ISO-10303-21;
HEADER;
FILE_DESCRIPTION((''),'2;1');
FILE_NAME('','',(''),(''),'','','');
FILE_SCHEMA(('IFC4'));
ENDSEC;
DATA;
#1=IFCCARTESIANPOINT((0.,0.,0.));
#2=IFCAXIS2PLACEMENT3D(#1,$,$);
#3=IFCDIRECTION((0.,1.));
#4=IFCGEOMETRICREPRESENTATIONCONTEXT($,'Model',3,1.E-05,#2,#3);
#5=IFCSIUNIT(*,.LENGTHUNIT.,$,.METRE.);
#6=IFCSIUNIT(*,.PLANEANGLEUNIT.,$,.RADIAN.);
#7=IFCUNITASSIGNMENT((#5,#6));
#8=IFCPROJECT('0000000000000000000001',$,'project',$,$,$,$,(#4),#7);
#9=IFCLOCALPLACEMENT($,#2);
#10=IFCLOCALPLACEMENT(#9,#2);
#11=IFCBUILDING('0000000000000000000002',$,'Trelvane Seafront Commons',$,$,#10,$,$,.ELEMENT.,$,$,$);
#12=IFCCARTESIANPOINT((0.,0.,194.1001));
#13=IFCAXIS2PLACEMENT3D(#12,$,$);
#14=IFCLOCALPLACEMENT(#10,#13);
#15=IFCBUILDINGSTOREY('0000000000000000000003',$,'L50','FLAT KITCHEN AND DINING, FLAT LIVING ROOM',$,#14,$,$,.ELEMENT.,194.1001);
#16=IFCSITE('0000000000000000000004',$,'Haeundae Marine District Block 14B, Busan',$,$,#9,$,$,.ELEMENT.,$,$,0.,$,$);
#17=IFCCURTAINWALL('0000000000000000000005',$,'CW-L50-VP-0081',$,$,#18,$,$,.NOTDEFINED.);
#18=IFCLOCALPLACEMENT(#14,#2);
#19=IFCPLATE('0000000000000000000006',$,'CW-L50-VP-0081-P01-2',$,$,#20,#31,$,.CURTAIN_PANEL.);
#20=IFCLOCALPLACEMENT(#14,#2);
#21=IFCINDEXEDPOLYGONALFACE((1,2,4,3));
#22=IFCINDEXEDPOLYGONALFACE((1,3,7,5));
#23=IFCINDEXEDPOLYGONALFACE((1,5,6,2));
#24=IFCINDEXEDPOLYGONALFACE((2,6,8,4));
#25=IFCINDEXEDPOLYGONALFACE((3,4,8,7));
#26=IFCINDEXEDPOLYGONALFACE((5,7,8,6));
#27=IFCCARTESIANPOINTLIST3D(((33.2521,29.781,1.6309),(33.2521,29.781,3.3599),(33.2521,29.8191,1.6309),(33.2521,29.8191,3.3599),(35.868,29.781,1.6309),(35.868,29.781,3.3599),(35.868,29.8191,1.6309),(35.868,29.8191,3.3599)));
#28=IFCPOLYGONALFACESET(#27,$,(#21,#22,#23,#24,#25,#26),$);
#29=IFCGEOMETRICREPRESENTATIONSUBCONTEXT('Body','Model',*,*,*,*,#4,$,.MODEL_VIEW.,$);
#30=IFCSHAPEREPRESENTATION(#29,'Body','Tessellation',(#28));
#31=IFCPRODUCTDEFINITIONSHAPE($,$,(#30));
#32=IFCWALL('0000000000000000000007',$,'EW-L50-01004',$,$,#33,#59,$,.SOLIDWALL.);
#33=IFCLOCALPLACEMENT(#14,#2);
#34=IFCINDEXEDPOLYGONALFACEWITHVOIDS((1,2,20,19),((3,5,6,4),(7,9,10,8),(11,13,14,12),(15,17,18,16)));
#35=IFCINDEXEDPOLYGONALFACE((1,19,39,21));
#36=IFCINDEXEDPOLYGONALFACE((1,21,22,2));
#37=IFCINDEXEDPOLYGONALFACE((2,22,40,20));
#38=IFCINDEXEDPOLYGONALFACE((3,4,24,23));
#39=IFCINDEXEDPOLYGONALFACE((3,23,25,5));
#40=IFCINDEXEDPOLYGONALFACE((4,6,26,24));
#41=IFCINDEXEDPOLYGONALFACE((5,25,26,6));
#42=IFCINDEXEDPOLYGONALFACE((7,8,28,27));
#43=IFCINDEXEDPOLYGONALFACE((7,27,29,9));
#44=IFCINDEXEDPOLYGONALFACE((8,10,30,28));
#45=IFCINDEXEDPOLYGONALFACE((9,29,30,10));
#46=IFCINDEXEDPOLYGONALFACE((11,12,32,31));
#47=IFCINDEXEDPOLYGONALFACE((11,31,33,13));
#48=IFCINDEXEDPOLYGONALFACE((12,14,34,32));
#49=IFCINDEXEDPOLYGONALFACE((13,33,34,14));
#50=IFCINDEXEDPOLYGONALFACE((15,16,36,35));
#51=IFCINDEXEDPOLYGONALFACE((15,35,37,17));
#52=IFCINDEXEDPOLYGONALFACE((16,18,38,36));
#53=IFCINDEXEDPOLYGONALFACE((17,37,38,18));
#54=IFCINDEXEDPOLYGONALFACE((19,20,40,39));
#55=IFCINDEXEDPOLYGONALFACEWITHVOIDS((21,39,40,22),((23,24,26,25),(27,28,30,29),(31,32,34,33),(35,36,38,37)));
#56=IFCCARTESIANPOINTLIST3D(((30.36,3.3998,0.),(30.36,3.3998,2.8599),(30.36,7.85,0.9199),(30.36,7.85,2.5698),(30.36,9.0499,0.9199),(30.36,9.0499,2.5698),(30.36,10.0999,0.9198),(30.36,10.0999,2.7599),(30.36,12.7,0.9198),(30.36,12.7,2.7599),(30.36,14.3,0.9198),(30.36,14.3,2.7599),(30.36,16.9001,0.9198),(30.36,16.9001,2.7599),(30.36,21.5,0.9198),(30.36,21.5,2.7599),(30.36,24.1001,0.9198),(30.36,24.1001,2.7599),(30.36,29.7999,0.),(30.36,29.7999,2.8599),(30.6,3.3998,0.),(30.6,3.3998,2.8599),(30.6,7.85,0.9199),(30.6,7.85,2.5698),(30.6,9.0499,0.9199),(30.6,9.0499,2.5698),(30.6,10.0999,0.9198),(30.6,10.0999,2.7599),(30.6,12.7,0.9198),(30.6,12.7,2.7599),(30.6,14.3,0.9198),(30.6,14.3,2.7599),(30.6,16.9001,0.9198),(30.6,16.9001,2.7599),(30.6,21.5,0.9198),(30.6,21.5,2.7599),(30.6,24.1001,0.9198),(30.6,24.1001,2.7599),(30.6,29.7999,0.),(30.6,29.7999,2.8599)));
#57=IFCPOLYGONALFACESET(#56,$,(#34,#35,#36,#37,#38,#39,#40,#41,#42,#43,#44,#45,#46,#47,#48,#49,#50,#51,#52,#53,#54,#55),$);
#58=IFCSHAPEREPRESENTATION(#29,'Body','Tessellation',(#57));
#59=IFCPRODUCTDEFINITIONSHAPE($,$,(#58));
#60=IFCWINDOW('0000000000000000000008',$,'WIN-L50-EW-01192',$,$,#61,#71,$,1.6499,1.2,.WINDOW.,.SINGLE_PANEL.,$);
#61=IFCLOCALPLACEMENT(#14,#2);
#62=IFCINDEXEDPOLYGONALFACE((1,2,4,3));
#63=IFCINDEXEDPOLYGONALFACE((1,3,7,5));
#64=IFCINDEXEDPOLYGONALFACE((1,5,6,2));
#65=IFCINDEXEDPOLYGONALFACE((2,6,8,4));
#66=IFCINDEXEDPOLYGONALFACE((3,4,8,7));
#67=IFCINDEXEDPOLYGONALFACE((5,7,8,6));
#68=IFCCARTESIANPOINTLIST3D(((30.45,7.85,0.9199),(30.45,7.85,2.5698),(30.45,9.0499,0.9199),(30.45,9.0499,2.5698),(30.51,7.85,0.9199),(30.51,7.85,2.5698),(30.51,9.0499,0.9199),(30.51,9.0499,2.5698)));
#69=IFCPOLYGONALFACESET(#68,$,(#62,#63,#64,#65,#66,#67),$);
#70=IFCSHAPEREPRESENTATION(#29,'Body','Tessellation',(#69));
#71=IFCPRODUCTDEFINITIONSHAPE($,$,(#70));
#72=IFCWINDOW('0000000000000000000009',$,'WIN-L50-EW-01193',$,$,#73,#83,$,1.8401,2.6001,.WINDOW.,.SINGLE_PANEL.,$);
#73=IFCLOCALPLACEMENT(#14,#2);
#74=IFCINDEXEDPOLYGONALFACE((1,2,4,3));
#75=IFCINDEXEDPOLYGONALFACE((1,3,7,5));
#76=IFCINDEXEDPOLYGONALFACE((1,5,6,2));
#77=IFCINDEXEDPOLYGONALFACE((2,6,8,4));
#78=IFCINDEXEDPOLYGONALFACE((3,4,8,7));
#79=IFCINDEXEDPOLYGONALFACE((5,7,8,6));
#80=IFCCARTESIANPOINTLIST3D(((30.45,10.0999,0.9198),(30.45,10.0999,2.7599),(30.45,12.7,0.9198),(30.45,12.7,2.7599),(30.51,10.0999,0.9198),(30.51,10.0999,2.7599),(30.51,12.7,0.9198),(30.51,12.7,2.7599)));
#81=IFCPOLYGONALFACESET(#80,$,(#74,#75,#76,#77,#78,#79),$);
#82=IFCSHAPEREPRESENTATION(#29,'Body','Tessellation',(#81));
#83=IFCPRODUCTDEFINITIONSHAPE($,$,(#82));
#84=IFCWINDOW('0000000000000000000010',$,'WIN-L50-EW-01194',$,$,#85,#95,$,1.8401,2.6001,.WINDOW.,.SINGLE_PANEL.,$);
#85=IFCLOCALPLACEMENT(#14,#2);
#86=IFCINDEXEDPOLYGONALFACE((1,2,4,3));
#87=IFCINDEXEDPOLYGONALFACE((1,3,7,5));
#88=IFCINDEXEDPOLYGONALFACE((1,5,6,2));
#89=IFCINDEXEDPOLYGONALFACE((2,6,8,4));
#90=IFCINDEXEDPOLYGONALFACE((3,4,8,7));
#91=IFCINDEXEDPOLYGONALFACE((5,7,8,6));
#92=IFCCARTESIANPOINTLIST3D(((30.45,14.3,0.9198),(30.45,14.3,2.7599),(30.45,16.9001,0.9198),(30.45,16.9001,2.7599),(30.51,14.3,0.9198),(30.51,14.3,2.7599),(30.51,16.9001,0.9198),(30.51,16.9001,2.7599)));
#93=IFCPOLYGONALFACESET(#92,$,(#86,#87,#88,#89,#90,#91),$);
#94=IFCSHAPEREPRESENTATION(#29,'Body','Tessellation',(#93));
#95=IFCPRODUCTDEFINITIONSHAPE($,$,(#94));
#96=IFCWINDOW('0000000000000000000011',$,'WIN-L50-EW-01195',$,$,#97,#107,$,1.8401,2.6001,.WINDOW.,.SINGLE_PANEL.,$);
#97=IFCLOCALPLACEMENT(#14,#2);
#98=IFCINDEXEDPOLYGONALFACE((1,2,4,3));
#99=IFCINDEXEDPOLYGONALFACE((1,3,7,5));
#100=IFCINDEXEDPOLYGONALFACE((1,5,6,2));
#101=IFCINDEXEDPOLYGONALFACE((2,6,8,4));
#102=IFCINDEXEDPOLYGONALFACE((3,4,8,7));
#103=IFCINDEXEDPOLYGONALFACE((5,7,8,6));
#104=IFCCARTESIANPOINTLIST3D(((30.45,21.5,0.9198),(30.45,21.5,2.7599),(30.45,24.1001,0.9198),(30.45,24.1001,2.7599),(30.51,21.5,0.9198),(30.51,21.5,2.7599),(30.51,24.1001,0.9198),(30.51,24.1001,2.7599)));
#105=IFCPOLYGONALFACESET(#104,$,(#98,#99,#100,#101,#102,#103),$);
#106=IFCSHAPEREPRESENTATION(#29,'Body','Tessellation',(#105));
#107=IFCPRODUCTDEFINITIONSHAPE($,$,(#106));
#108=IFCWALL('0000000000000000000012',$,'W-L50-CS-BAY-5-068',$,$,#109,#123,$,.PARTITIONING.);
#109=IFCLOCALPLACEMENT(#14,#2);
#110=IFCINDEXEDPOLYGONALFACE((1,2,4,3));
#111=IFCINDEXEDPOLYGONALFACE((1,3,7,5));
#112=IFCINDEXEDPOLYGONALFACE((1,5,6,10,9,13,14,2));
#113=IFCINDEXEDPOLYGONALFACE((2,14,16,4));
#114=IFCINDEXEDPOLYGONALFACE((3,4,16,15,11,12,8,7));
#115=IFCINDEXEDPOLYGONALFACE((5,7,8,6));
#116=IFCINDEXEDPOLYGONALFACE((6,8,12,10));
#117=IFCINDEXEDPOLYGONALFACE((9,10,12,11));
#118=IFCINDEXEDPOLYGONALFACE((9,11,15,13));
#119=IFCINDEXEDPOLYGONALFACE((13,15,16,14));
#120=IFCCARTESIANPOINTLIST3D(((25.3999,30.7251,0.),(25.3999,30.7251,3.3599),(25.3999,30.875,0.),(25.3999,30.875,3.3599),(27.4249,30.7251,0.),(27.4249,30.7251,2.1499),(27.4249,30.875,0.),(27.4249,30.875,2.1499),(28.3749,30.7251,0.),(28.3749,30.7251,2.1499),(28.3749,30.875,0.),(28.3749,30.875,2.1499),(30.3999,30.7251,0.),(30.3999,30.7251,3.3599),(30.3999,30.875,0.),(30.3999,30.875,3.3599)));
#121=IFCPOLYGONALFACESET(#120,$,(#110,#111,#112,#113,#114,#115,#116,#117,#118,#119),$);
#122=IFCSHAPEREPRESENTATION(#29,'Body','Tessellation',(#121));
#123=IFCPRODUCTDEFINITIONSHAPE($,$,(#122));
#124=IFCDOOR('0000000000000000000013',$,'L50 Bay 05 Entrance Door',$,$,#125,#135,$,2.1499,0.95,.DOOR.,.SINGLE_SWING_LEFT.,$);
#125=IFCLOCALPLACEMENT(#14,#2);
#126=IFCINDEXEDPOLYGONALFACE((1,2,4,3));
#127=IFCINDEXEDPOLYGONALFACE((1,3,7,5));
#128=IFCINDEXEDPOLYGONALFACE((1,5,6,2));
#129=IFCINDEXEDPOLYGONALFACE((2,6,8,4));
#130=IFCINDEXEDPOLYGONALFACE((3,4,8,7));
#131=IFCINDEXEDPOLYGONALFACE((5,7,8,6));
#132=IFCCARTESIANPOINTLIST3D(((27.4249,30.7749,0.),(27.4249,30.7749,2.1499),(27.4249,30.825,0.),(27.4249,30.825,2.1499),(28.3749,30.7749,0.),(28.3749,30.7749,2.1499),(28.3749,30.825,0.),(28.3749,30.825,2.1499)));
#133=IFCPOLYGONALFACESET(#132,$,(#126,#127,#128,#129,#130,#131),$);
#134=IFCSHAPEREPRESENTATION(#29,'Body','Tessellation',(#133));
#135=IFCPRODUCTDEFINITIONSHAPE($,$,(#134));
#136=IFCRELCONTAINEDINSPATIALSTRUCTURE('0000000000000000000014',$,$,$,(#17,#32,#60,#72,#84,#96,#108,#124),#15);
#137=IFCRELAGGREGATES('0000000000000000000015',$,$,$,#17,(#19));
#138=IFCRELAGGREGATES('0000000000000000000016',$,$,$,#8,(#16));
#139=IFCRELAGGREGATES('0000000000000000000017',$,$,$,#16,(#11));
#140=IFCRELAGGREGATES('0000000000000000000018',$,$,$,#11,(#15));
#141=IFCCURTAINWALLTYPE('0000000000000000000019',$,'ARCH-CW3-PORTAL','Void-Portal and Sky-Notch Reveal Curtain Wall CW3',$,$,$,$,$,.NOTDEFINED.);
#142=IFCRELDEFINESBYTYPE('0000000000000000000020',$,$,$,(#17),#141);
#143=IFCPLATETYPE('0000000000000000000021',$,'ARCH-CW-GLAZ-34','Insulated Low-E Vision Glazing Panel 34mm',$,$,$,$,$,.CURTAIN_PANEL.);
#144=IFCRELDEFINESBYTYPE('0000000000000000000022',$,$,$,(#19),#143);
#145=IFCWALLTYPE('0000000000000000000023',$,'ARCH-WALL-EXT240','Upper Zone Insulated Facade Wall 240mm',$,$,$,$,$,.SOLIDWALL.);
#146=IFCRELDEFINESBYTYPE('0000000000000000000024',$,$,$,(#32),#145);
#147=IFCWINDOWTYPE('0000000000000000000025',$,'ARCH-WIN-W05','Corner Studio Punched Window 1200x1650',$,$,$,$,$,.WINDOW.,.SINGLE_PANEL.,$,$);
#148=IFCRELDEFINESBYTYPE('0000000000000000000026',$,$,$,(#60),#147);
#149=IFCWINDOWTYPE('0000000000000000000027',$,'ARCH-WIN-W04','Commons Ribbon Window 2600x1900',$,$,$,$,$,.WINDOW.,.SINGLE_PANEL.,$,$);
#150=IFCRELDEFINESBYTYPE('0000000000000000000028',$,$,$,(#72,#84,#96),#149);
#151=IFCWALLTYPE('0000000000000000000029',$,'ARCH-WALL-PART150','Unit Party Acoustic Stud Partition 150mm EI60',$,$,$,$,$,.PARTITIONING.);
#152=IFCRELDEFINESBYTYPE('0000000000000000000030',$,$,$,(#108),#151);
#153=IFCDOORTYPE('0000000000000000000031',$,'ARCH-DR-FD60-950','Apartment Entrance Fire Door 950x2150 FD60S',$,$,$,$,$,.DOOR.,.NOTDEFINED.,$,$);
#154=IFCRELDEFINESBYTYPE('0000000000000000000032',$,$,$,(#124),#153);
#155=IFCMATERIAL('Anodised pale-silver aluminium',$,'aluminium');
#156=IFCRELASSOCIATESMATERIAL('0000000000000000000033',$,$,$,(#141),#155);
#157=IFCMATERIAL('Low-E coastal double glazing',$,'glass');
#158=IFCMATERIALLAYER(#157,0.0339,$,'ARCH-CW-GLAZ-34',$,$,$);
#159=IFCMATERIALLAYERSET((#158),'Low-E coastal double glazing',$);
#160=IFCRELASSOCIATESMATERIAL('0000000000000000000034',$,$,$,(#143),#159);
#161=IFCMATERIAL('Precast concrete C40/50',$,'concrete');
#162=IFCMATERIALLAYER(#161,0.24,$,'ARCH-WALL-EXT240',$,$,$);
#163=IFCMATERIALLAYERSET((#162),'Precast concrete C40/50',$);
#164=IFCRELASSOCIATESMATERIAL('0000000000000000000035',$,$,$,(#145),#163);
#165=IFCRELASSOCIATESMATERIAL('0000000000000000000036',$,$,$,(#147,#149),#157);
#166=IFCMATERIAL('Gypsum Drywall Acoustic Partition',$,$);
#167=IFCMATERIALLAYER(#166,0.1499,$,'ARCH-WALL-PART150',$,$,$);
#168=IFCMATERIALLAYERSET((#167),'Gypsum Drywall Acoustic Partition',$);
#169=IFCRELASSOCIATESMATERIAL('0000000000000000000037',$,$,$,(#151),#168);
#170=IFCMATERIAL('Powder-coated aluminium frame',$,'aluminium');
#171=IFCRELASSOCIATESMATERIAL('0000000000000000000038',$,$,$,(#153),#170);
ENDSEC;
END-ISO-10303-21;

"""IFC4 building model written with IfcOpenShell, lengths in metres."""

from ifc_helpers import new_model, si_unit, direction, frame, frame_2d, origin, origin_2d, place, context, subcontext, project, spatial, rectangle, extrude, source, transform, mapped, material, layer, layer_set, type_object, element, fill, aggregate, save


model = new_model("IFC4")

# Units and contexts
model_context = context("Model", 3, precision=1e-05, world=origin(), true_north=direction((0.0, 1.0)))
body_context = subcontext(model_context, "Body", "Model", "MODEL_VIEW")
ifc_project = project(units=[si_unit("LENGTHUNIT", "METRE"), si_unit("PLANEANGLEUNIT", "RADIAN")], contexts=[model_context])

# Site, building, storey
site_placement = place(None, origin())
site = spatial("IfcSite", under=ifc_project, at=site_placement, Name="Haeundae Marine District Block 14B, Busan", CompositionType="ELEMENT", RefElevation=0.0)
building_placement = place(site_placement, origin())
building = spatial("IfcBuilding", under=site, at=building_placement, Name="Trelvane Seafront Commons", CompositionType="ELEMENT")
storey_placement = place(building_placement, frame((0.0, 0.0, 194.1001)))
storey = spatial("IfcBuildingStorey", under=building, at=storey_placement, Name="L50", Description="FLAT KITCHEN AND DINING, FLAT LIVING ROOM", CompositionType="ELEMENT", Elevation=194.1001)

# Shared definitions
ifc_material_1 = material(Name="Anodised pale-silver aluminium", Category="aluminium")
curtain_wall_type = type_object("IfcCurtainWallType", Name="ARCH-CW3-PORTAL", Description="Void-Portal and Sky-Notch Reveal Curtain Wall CW3", PredefinedType="NOTDEFINED", material=ifc_material_1)

# Curtain wall, plate
curtain_wall_1_placement = place(storey_placement, origin())
curtain_wall_1 = element("IfcCurtainWall", 1, at=curtain_wall_1_placement, inside=storey, type_object=curtain_wall_type, Name="CW-L50-VP-0081", PredefinedType="NOTDEFINED")
ifc_material_2 = material(Name="Low-E coastal double glazing", Category="glass")
ifc_layer_1 = layer(ifc_material_2, 0.0339, Name="ARCH-CW-GLAZ-34")
ifc_layer_set_1 = layer_set([ifc_layer_1], Name="Low-E coastal double glazing")
plate_type = type_object("IfcPlateType", Name="ARCH-CW-GLAZ-34", Description="Insulated Low-E Vision Glazing Panel 34mm", PredefinedType="CURTAIN_PANEL", material=ifc_layer_set_1)
shared_shape_1 = source(origin(), body_context, "Body", "SweptSolid", [
    extrude(rectangle(XDim=2.616, YDim=0.0381, at=origin_2d()), origin(), (0.0, 0.0, 1.0), 1.729),
])
plate_1_placement = place(storey_placement, frame((34.5601, 29.8, 1.6309), z_axis=(0.0, 0.0, 1.0), x_axis=(1.0, 0.0, 0.0)))
plate_1 = element("IfcPlate", 2, at=plate_1_placement, type_object=plate_type, Name="CW-L50-VP-0081-P01-2", PredefinedType="CURTAIN_PANEL", context=body_context, shape_type="MappedRepresentation", body=[
    mapped(shared_shape_1, transform((0.0, 0.0, 0.0), x_axis=(1.0, 0.0, 0.0), y_axis=(0.0, 1.0, 0.0), z_axis=(0.0, 0.0, 1.0), scale=1.0)),
])
aggregate(curtain_wall_1, [plate_1])

# Wall, openings, windows
ifc_material_3 = material(Name="Precast concrete C40/50", Category="concrete")
ifc_layer_2 = layer(ifc_material_3, 0.24, Name="ARCH-WALL-EXT240")
ifc_layer_set_2 = layer_set([ifc_layer_2], Name="Precast concrete C40/50")
wall_type_1 = type_object("IfcWallType", Name="ARCH-WALL-EXT240", Description="Upper Zone Insulated Facade Wall 240mm", PredefinedType="SOLIDWALL", material=ifc_layer_set_2)
wall_1_placement = place(storey_placement, frame((30.48, 29.8, 0.0), z_axis=(0.0, 0.0, 1.0), x_axis=(0.0, -1.0, 0.0)))
wall_1 = element("IfcWall", 3, at=wall_1_placement, inside=storey, type_object=wall_type_1, Name="EW-L50-01004", PredefinedType="SOLIDWALL", context=body_context, shape_type="SweptSolid", body=[
    extrude(rectangle(XDim=26.4001, YDim=0.24, at=frame_2d((13.2002, 0.0))), origin(), (0.0, 0.0, 1.0), 2.8599),
])
opening_1_placement = place(wall_1_placement, frame((20.75, 0.0, 0.9199)))
opening_1 = element("IfcOpeningElement", 4, at=opening_1_placement, cuts=wall_1, PredefinedType="OPENING", context=body_context, shape_type="SweptSolid", body=[
    extrude(rectangle(XDim=1.2, YDim=1.6499, at=frame_2d((0.6001, 0.825))), frame((0.0, 0.1299, 0.0), z_axis=(0.0, -1.0, 0.0), x_axis=(1.0, 0.0, 0.0)), (0.0, 0.0, 1.0), 0.26),
])
opening_2_placement = place(wall_1_placement, frame((17.1001, 0.0, 0.9199)))
opening_2 = element("IfcOpeningElement", 5, at=opening_2_placement, cuts=wall_1, PredefinedType="OPENING", context=body_context, shape_type="SweptSolid", body=[
    extrude(rectangle(XDim=2.6001, YDim=1.8401, at=frame_2d((1.3, 0.9199))), frame((0.0, 0.1299, 0.0), z_axis=(0.0, -1.0, 0.0), x_axis=(1.0, 0.0, 0.0)), (0.0, 0.0, 1.0), 0.26),
])
opening_3_placement = place(wall_1_placement, frame((12.8999, 0.0, 0.9199)))
opening_3 = element("IfcOpeningElement", 6, at=opening_3_placement, cuts=wall_1, PredefinedType="OPENING", context=body_context, shape_type="SweptSolid", body=[
    extrude(rectangle(XDim=2.6001, YDim=1.8401, at=frame_2d((1.3, 0.9199))), frame((0.0, 0.1299, 0.0), z_axis=(0.0, -1.0, 0.0), x_axis=(1.0, 0.0, 0.0)), (0.0, 0.0, 1.0), 0.26),
])
opening_4_placement = place(wall_1_placement, frame((5.7, 0.0, 0.9199)))
opening_4 = element("IfcOpeningElement", 7, at=opening_4_placement, cuts=wall_1, PredefinedType="OPENING", context=body_context, shape_type="SweptSolid", body=[
    extrude(rectangle(XDim=2.6001, YDim=1.8401, at=frame_2d((1.3, 0.9199))), frame((0.0, 0.1299, 0.0), z_axis=(0.0, -1.0, 0.0), x_axis=(1.0, 0.0, 0.0)), (0.0, 0.0, 1.0), 0.26),
])
window_type_1 = type_object("IfcWindowType", Name="ARCH-WIN-W05", Description="Corner Studio Punched Window 1200x1650", PartitioningType="SINGLE_PANEL", PredefinedType="WINDOW", material=ifc_material_2)
shared_shape_2 = source(origin(), body_context, "Body", "SweptSolid", [
    extrude(rectangle(XDim=1.2, YDim=1.6499, at=frame_2d((0.6001, 0.825))), frame((0.0, 0.03, 0.0), z_axis=(0.0, -1.0, 0.0), x_axis=(1.0, 0.0, 0.0)), (0.0, 0.0, 1.0), 0.0601),
])
window_1_placement = place(opening_1_placement, origin())
window_1 = element("IfcWindow", 8, at=window_1_placement, inside=storey, type_object=window_type_1, Name="WIN-L50-EW-01192", OverallHeight=1.6499, OverallWidth=1.2, PartitioningType="SINGLE_PANEL", PredefinedType="WINDOW", context=body_context, shape_type="MappedRepresentation", body=[
    mapped(shared_shape_2, transform((0.0, 0.0, 0.0), x_axis=(1.0, 0.0, 0.0), y_axis=(0.0, 1.0, 0.0), z_axis=(0.0, 0.0, 1.0), scale=1.0)),
])
fill(opening_1, window_1)
window_type_2 = type_object("IfcWindowType", Name="ARCH-WIN-W04", Description="Commons Ribbon Window 2600x1900", PartitioningType="SINGLE_PANEL", PredefinedType="WINDOW", material=ifc_material_2)
shared_shape_3 = source(origin(), body_context, "Body", "SweptSolid", [
    extrude(rectangle(XDim=2.6001, YDim=1.8401, at=frame_2d((1.3, 0.9199))), frame((0.0, 0.03, 0.0), z_axis=(0.0, -1.0, 0.0), x_axis=(1.0, 0.0, 0.0)), (0.0, 0.0, 1.0), 0.0601),
])
window_2_placement = place(opening_2_placement, origin())
window_2 = element("IfcWindow", 9, at=window_2_placement, inside=storey, type_object=window_type_2, Name="WIN-L50-EW-01193", OverallHeight=1.8401, OverallWidth=2.6001, PartitioningType="SINGLE_PANEL", PredefinedType="WINDOW", context=body_context, shape_type="MappedRepresentation", body=[
    mapped(shared_shape_3, transform((0.0, 0.0, 0.0), x_axis=(1.0, 0.0, 0.0), y_axis=(0.0, 1.0, 0.0), z_axis=(0.0, 0.0, 1.0), scale=1.0)),
])
fill(opening_2, window_2)
window_3_placement = place(opening_3_placement, origin())
window_3 = element("IfcWindow", 10, at=window_3_placement, inside=storey, type_object=window_type_2, Name="WIN-L50-EW-01194", OverallHeight=1.8401, OverallWidth=2.6001, PartitioningType="SINGLE_PANEL", PredefinedType="WINDOW", context=body_context, shape_type="MappedRepresentation", body=[
    mapped(shared_shape_3, transform((0.0, 0.0, 0.0), x_axis=(1.0, 0.0, 0.0), y_axis=(0.0, 1.0, 0.0), z_axis=(0.0, 0.0, 1.0), scale=1.0)),
])
fill(opening_3, window_3)
window_4_placement = place(opening_4_placement, origin())
window_4 = element("IfcWindow", 11, at=window_4_placement, inside=storey, type_object=window_type_2, Name="WIN-L50-EW-01195", OverallHeight=1.8401, OverallWidth=2.6001, PartitioningType="SINGLE_PANEL", PredefinedType="WINDOW", context=body_context, shape_type="MappedRepresentation", body=[
    mapped(shared_shape_3, transform((0.0, 0.0, 0.0), x_axis=(1.0, 0.0, 0.0), y_axis=(0.0, 1.0, 0.0), z_axis=(0.0, 0.0, 1.0), scale=1.0)),
])
fill(opening_4, window_4)

# Wall, opening, door
ifc_material_4 = material(Name="Gypsum Drywall Acoustic Partition")
ifc_layer_3 = layer(ifc_material_4, 0.1499, Name="ARCH-WALL-PART150")
ifc_layer_set_3 = layer_set([ifc_layer_3], Name="Gypsum Drywall Acoustic Partition")
wall_type_2 = type_object("IfcWallType", Name="ARCH-WALL-PART150", Description="Unit Party Acoustic Stud Partition 150mm EI60", PredefinedType="PARTITIONING", material=ifc_layer_set_3)
wall_2_placement = place(storey_placement, frame((25.3999, 30.8, 0.0), z_axis=(0.0, 0.0, 1.0), x_axis=(1.0, 0.0, 0.0)))
wall_2 = element("IfcWall", 12, at=wall_2_placement, inside=storey, type_object=wall_type_2, Name="W-L50-CS-BAY-5-068", PredefinedType="PARTITIONING", context=body_context, shape_type="SweptSolid", body=[
    extrude(rectangle(XDim=5.0, YDim=0.1499, at=frame_2d((2.5, 0.0))), origin(), (0.0, 0.0, 1.0), 3.3599),
])
opening_5_placement = place(wall_2_placement, frame((2.0249, 0.0, 0.0)))
opening_5 = element("IfcOpeningElement", 13, at=opening_5_placement, cuts=wall_2, PredefinedType="OPENING", context=body_context, shape_type="SweptSolid", body=[
    extrude(rectangle(XDim=0.95, YDim=2.1499, at=frame_2d((0.4751, 1.075))), frame((0.0, 0.085, 0.0), z_axis=(0.0, -1.0, 0.0), x_axis=(1.0, 0.0, 0.0)), (0.0, 0.0, 1.0), 0.1699),
])
ifc_material_5 = material(Name="Powder-coated aluminium frame", Category="aluminium")
door_type = type_object("IfcDoorType", Name="ARCH-DR-FD60-950", Description="Apartment Entrance Fire Door 950x2150 FD60S", OperationType="NOTDEFINED", PredefinedType="DOOR", material=ifc_material_5)
shared_shape_4 = source(origin(), body_context, "Body", "SweptSolid", [
    extrude(rectangle(XDim=0.95, YDim=2.1499, at=frame_2d((0.4751, 1.075))), frame((0.0, 0.0249, 0.0), z_axis=(0.0, -1.0, 0.0), x_axis=(1.0, 0.0, 0.0)), (0.0, 0.0, 1.0), 0.05),
])
door_placement = place(opening_5_placement, origin())
door = element("IfcDoor", 14, at=door_placement, inside=storey, type_object=door_type, Name="L50 Bay 05 Entrance Door", OperationType="SINGLE_SWING_LEFT", OverallHeight=2.1499, OverallWidth=0.95, PredefinedType="DOOR", context=body_context, shape_type="MappedRepresentation", body=[
    mapped(shared_shape_4, transform((0.0, 0.0, 0.0), x_axis=(1.0, 0.0, 0.0), y_axis=(0.0, 1.0, 0.0), z_axis=(0.0, 0.0, 1.0), scale=1.0)),
])
fill(opening_5, door)

save(model, "model.ifc")
